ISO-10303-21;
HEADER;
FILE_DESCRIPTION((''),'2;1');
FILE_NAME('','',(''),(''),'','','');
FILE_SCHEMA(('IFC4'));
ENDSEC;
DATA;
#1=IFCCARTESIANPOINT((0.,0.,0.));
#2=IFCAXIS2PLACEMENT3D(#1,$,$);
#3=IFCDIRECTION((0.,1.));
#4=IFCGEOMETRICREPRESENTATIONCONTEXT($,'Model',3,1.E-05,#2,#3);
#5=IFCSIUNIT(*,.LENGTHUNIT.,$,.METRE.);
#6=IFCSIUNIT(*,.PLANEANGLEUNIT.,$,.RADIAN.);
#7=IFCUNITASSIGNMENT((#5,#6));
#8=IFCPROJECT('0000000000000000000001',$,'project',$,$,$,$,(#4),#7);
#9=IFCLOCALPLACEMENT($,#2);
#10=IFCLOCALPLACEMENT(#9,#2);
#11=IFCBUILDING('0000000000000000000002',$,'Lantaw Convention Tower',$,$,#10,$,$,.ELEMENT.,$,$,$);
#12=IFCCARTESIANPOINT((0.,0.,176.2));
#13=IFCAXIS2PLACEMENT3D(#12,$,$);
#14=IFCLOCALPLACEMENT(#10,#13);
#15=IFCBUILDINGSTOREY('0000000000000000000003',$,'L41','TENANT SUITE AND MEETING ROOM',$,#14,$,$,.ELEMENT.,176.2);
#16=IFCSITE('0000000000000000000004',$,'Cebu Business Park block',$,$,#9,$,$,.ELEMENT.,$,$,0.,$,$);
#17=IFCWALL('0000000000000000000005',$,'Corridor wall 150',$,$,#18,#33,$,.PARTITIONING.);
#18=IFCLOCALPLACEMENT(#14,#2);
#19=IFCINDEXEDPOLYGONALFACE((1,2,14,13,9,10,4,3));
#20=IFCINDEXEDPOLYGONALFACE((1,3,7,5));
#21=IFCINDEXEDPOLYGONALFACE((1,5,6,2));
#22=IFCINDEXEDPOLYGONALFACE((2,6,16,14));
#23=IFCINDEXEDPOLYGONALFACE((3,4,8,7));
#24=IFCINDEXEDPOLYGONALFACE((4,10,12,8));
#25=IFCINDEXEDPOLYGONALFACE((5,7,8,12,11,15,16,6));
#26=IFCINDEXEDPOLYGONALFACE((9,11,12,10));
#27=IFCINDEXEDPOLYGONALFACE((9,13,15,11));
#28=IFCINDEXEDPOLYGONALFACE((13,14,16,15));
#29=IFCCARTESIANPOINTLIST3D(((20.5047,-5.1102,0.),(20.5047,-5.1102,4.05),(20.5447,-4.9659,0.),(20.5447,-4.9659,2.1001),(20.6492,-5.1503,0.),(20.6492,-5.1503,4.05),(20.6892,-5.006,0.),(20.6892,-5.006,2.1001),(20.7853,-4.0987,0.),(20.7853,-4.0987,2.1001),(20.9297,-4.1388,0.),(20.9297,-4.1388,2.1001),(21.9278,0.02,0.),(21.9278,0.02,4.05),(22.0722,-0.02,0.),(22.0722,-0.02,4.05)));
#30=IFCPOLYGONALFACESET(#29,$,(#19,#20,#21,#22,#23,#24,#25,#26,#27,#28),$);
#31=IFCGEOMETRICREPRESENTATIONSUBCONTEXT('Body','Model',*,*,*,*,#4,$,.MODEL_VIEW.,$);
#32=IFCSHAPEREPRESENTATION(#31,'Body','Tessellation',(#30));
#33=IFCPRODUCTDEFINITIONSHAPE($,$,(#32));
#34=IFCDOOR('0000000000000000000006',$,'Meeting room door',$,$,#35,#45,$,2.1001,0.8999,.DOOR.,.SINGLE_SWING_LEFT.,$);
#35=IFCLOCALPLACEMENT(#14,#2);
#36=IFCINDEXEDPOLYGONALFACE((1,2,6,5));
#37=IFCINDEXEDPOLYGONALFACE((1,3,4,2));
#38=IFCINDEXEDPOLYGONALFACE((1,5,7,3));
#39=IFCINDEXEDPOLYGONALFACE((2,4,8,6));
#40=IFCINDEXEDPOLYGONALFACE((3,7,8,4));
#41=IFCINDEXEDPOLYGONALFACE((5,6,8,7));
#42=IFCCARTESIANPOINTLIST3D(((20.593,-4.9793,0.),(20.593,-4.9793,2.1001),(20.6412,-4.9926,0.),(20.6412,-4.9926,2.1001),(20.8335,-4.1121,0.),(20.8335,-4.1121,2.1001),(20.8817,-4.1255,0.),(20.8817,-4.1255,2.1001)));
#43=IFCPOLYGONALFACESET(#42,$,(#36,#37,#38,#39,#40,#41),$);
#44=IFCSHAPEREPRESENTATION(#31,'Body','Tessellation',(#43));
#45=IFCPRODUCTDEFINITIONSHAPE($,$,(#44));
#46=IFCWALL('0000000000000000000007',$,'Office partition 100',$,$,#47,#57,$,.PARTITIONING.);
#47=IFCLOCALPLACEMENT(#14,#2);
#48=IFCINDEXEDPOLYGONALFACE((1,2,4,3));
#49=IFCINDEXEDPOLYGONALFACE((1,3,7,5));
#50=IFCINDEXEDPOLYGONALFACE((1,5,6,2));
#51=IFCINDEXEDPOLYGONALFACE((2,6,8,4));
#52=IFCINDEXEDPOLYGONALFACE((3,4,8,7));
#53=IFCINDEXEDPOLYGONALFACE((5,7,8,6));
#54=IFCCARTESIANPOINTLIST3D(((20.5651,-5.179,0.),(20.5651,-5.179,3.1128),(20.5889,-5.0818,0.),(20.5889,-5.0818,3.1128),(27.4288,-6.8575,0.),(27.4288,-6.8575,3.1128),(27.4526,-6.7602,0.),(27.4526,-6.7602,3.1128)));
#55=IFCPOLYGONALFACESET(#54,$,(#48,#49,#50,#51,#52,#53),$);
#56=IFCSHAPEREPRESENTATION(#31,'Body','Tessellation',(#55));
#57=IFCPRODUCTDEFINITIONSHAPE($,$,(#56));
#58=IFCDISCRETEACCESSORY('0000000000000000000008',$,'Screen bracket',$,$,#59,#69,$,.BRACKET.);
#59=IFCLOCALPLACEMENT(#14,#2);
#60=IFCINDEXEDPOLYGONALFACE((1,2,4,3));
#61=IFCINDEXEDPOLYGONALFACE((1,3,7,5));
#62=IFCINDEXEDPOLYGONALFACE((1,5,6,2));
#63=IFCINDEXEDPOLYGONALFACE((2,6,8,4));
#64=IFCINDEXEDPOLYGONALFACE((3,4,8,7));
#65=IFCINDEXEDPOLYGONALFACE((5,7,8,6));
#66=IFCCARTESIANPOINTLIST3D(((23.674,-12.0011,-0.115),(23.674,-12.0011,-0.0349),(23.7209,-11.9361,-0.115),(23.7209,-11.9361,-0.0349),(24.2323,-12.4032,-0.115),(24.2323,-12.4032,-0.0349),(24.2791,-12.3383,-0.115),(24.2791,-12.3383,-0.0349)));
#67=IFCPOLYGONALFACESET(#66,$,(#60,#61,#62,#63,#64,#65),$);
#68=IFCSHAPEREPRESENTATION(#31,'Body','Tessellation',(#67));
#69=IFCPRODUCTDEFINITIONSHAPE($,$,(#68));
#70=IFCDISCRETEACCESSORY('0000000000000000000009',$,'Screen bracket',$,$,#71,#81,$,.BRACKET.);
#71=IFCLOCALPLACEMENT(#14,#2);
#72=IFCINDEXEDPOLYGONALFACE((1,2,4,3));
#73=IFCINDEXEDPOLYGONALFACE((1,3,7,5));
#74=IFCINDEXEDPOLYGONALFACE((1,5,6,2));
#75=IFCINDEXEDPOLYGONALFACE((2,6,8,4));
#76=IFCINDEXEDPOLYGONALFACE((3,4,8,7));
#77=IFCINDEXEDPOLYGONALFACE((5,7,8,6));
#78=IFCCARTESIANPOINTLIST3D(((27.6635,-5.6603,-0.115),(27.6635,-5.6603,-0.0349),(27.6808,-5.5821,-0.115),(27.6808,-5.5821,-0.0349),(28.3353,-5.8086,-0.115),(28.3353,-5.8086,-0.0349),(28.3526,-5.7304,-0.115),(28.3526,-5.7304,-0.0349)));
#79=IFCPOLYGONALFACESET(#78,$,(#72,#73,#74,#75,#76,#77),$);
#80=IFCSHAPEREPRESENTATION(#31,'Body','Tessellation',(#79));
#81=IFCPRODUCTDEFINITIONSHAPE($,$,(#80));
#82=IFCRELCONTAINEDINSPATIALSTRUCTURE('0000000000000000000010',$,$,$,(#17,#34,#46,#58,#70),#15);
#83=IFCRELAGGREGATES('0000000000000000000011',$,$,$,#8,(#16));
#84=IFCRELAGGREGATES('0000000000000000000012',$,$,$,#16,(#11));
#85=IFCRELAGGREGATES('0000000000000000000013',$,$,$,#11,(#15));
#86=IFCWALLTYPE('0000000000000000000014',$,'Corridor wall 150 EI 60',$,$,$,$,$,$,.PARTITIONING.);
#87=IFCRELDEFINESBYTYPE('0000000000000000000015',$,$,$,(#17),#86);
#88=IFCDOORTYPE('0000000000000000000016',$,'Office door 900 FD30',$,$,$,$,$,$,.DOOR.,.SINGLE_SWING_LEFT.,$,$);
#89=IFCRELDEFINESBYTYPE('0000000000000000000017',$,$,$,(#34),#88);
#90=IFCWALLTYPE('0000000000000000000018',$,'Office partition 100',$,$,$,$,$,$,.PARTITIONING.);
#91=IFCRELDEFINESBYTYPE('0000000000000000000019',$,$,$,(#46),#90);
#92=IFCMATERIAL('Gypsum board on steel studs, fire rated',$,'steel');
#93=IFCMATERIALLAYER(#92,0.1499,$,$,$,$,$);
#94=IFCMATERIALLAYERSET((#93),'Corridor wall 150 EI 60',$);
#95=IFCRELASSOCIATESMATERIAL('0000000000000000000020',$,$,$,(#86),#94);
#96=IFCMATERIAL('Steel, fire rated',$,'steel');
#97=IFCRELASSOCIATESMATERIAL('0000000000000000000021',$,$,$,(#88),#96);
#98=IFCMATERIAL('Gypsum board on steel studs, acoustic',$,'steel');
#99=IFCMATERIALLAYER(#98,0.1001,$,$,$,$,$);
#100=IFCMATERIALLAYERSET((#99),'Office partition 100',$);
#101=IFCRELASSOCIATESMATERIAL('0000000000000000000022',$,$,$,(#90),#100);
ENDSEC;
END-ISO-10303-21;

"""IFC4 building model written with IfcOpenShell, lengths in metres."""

from ifc_helpers import new_model, si_unit, direction, frame, frame_2d, origin, origin_2d, place, context, subcontext, project, spatial, rectangle, extrude, material, layer, layer_set, type_object, element, fill, save


model = new_model("IFC4")

# Units and contexts
model_context = context("Model", 3, precision=1e-05, world=origin(), true_north=direction((0.0, 1.0)))
body_context = subcontext(model_context, "Body", "Model", "MODEL_VIEW")
ifc_project = project(units=[si_unit("LENGTHUNIT", "METRE"), si_unit("PLANEANGLEUNIT", "RADIAN")], contexts=[model_context])

# Site, building, storey
site_placement = place(None, origin())
site = spatial("IfcSite", under=ifc_project, at=site_placement, Name="Cebu Business Park block", CompositionType="ELEMENT", RefElevation=0.0)
building_placement = place(site_placement, origin())
building = spatial("IfcBuilding", under=site, at=building_placement, Name="Lantaw Convention Tower", CompositionType="ELEMENT")
storey_placement = place(building_placement, frame((0.0, 0.0, 176.2)))
storey = spatial("IfcBuildingStorey", under=building, at=storey_placement, Name="L41", Description="TENANT SUITE AND MEETING ROOM", CompositionType="ELEMENT", Elevation=176.2)

# Shared definitions
ifc_material_1 = material(Name="Gypsum board on steel studs, fire rated", Category="steel")
ifc_layer_1 = layer(ifc_material_1, 0.1499)
ifc_layer_set_1 = layer_set([ifc_layer_1], Name="Corridor wall 150 EI 60")
wall_type_1 = type_object("IfcWallType", Name="Corridor wall 150 EI 60", PredefinedType="PARTITIONING", material=ifc_layer_set_1)

# Wall, opening, door
wall_1_placement = place(storey_placement, frame((20.5769, -5.1304, 0.0), z_axis=(0.0, 0.0, 1.0), x_axis=(0.267294, 0.963615, 0.0)))
wall_1 = element("IfcWall", 1, at=wall_1_placement, inside=storey, type_object=wall_type_1, Name="Corridor wall 150", PredefinedType="PARTITIONING", context=body_context, shape_type="SweptSolid", body=[
    extrude(rectangle(XDim=5.324, YDim=0.1499, at=frame_2d((2.6621, 0.0))), origin(), (0.0, 0.0, 1.0), 4.05),
])
opening_placement = place(wall_1_placement, frame((0.1499, 0.0, 0.0)))
opening = element("IfcOpeningElement", 2, at=opening_placement, cuts=wall_1, PredefinedType="OPENING", context=body_context, shape_type="SweptSolid", body=[
    extrude(rectangle(XDim=0.8999, YDim=2.1001, at=frame_2d((0.45, 1.05))), frame((0.0, 0.085, 0.0), z_axis=(0.0, -1.0, 0.0), x_axis=(1.0, 0.0, 0.0)), (0.0, 0.0, 1.0), 0.1699),
])
ifc_material_2 = material(Name="Steel, fire rated", Category="steel")
door_type = type_object("IfcDoorType", Name="Office door 900 FD30", OperationType="SINGLE_SWING_LEFT", PredefinedType="DOOR", material=ifc_material_2)
door_placement = place(opening_placement, origin())
door = element("IfcDoor", 3, at=door_placement, inside=storey, type_object=door_type, Name="Meeting room door", OperationType="SINGLE_SWING_LEFT", OverallHeight=2.1001, OverallWidth=0.8999, PredefinedType="DOOR", context=body_context, shape_type="SweptSolid", body=[
    extrude(rectangle(XDim=0.8999, YDim=2.1001, at=frame_2d((0.45, 1.05))), frame((0.0, 0.0249, 0.0), z_axis=(0.0, -1.0, 0.0), x_axis=(1.0, 0.0, 0.0)), (0.0, 0.0, 1.0), 0.05),
])
fill(opening, door)

# Wall
ifc_material_3 = material(Name="Gypsum board on steel studs, acoustic", Category="steel")
ifc_layer_2 = layer(ifc_material_3, 0.1001)
ifc_layer_set_2 = layer_set([ifc_layer_2], Name="Office partition 100")
wall_type_2 = type_object("IfcWallType", Name="Office partition 100", PredefinedType="PARTITIONING", material=ifc_layer_set_2)
wall_2_placement = place(storey_placement, frame((27.4407, -6.8088, 0.0), z_axis=(0.0, 0.0, 1.0), x_axis=(-0.971378, 0.237541, 0.0)))
element("IfcWall", 4, at=wall_2_placement, inside=storey, type_object=wall_type_2, Name="Office partition 100", PredefinedType="PARTITIONING", context=body_context, shape_type="SweptSolid", body=[
    extrude(rectangle(XDim=7.0659, YDim=0.1001, at=frame_2d((3.533, 0.0))), origin(), (0.0, 0.0, 1.0), 3.1128),
])

# Discrete accessories
for number, where, z_axis, x_axis, name in (
    (5, (23.9766, -12.1697, -0.115), (0.0, 0.0, 1.0), (0.584513, 0.811385, 0.0), "Screen bracket"),
    (6, (28.0081, -5.6953, -0.115), (0.0, 0.0, 1.0), (0.215546, 0.976494, 0.0), "Screen bracket"),
):
    element("IfcDiscreteAccessory", number, at=place(storey_placement, frame(where, z_axis=z_axis, x_axis=x_axis)), inside=storey, Name=name, PredefinedType="BRACKET", context=body_context, shape_type="SweptSolid", body=[
        extrude(rectangle(XDim=0.0801, YDim=0.688, at=origin_2d()), origin(), (0.0, 0.0, 1.0), 0.0801),
    ])

save(model, "model.ifc")
